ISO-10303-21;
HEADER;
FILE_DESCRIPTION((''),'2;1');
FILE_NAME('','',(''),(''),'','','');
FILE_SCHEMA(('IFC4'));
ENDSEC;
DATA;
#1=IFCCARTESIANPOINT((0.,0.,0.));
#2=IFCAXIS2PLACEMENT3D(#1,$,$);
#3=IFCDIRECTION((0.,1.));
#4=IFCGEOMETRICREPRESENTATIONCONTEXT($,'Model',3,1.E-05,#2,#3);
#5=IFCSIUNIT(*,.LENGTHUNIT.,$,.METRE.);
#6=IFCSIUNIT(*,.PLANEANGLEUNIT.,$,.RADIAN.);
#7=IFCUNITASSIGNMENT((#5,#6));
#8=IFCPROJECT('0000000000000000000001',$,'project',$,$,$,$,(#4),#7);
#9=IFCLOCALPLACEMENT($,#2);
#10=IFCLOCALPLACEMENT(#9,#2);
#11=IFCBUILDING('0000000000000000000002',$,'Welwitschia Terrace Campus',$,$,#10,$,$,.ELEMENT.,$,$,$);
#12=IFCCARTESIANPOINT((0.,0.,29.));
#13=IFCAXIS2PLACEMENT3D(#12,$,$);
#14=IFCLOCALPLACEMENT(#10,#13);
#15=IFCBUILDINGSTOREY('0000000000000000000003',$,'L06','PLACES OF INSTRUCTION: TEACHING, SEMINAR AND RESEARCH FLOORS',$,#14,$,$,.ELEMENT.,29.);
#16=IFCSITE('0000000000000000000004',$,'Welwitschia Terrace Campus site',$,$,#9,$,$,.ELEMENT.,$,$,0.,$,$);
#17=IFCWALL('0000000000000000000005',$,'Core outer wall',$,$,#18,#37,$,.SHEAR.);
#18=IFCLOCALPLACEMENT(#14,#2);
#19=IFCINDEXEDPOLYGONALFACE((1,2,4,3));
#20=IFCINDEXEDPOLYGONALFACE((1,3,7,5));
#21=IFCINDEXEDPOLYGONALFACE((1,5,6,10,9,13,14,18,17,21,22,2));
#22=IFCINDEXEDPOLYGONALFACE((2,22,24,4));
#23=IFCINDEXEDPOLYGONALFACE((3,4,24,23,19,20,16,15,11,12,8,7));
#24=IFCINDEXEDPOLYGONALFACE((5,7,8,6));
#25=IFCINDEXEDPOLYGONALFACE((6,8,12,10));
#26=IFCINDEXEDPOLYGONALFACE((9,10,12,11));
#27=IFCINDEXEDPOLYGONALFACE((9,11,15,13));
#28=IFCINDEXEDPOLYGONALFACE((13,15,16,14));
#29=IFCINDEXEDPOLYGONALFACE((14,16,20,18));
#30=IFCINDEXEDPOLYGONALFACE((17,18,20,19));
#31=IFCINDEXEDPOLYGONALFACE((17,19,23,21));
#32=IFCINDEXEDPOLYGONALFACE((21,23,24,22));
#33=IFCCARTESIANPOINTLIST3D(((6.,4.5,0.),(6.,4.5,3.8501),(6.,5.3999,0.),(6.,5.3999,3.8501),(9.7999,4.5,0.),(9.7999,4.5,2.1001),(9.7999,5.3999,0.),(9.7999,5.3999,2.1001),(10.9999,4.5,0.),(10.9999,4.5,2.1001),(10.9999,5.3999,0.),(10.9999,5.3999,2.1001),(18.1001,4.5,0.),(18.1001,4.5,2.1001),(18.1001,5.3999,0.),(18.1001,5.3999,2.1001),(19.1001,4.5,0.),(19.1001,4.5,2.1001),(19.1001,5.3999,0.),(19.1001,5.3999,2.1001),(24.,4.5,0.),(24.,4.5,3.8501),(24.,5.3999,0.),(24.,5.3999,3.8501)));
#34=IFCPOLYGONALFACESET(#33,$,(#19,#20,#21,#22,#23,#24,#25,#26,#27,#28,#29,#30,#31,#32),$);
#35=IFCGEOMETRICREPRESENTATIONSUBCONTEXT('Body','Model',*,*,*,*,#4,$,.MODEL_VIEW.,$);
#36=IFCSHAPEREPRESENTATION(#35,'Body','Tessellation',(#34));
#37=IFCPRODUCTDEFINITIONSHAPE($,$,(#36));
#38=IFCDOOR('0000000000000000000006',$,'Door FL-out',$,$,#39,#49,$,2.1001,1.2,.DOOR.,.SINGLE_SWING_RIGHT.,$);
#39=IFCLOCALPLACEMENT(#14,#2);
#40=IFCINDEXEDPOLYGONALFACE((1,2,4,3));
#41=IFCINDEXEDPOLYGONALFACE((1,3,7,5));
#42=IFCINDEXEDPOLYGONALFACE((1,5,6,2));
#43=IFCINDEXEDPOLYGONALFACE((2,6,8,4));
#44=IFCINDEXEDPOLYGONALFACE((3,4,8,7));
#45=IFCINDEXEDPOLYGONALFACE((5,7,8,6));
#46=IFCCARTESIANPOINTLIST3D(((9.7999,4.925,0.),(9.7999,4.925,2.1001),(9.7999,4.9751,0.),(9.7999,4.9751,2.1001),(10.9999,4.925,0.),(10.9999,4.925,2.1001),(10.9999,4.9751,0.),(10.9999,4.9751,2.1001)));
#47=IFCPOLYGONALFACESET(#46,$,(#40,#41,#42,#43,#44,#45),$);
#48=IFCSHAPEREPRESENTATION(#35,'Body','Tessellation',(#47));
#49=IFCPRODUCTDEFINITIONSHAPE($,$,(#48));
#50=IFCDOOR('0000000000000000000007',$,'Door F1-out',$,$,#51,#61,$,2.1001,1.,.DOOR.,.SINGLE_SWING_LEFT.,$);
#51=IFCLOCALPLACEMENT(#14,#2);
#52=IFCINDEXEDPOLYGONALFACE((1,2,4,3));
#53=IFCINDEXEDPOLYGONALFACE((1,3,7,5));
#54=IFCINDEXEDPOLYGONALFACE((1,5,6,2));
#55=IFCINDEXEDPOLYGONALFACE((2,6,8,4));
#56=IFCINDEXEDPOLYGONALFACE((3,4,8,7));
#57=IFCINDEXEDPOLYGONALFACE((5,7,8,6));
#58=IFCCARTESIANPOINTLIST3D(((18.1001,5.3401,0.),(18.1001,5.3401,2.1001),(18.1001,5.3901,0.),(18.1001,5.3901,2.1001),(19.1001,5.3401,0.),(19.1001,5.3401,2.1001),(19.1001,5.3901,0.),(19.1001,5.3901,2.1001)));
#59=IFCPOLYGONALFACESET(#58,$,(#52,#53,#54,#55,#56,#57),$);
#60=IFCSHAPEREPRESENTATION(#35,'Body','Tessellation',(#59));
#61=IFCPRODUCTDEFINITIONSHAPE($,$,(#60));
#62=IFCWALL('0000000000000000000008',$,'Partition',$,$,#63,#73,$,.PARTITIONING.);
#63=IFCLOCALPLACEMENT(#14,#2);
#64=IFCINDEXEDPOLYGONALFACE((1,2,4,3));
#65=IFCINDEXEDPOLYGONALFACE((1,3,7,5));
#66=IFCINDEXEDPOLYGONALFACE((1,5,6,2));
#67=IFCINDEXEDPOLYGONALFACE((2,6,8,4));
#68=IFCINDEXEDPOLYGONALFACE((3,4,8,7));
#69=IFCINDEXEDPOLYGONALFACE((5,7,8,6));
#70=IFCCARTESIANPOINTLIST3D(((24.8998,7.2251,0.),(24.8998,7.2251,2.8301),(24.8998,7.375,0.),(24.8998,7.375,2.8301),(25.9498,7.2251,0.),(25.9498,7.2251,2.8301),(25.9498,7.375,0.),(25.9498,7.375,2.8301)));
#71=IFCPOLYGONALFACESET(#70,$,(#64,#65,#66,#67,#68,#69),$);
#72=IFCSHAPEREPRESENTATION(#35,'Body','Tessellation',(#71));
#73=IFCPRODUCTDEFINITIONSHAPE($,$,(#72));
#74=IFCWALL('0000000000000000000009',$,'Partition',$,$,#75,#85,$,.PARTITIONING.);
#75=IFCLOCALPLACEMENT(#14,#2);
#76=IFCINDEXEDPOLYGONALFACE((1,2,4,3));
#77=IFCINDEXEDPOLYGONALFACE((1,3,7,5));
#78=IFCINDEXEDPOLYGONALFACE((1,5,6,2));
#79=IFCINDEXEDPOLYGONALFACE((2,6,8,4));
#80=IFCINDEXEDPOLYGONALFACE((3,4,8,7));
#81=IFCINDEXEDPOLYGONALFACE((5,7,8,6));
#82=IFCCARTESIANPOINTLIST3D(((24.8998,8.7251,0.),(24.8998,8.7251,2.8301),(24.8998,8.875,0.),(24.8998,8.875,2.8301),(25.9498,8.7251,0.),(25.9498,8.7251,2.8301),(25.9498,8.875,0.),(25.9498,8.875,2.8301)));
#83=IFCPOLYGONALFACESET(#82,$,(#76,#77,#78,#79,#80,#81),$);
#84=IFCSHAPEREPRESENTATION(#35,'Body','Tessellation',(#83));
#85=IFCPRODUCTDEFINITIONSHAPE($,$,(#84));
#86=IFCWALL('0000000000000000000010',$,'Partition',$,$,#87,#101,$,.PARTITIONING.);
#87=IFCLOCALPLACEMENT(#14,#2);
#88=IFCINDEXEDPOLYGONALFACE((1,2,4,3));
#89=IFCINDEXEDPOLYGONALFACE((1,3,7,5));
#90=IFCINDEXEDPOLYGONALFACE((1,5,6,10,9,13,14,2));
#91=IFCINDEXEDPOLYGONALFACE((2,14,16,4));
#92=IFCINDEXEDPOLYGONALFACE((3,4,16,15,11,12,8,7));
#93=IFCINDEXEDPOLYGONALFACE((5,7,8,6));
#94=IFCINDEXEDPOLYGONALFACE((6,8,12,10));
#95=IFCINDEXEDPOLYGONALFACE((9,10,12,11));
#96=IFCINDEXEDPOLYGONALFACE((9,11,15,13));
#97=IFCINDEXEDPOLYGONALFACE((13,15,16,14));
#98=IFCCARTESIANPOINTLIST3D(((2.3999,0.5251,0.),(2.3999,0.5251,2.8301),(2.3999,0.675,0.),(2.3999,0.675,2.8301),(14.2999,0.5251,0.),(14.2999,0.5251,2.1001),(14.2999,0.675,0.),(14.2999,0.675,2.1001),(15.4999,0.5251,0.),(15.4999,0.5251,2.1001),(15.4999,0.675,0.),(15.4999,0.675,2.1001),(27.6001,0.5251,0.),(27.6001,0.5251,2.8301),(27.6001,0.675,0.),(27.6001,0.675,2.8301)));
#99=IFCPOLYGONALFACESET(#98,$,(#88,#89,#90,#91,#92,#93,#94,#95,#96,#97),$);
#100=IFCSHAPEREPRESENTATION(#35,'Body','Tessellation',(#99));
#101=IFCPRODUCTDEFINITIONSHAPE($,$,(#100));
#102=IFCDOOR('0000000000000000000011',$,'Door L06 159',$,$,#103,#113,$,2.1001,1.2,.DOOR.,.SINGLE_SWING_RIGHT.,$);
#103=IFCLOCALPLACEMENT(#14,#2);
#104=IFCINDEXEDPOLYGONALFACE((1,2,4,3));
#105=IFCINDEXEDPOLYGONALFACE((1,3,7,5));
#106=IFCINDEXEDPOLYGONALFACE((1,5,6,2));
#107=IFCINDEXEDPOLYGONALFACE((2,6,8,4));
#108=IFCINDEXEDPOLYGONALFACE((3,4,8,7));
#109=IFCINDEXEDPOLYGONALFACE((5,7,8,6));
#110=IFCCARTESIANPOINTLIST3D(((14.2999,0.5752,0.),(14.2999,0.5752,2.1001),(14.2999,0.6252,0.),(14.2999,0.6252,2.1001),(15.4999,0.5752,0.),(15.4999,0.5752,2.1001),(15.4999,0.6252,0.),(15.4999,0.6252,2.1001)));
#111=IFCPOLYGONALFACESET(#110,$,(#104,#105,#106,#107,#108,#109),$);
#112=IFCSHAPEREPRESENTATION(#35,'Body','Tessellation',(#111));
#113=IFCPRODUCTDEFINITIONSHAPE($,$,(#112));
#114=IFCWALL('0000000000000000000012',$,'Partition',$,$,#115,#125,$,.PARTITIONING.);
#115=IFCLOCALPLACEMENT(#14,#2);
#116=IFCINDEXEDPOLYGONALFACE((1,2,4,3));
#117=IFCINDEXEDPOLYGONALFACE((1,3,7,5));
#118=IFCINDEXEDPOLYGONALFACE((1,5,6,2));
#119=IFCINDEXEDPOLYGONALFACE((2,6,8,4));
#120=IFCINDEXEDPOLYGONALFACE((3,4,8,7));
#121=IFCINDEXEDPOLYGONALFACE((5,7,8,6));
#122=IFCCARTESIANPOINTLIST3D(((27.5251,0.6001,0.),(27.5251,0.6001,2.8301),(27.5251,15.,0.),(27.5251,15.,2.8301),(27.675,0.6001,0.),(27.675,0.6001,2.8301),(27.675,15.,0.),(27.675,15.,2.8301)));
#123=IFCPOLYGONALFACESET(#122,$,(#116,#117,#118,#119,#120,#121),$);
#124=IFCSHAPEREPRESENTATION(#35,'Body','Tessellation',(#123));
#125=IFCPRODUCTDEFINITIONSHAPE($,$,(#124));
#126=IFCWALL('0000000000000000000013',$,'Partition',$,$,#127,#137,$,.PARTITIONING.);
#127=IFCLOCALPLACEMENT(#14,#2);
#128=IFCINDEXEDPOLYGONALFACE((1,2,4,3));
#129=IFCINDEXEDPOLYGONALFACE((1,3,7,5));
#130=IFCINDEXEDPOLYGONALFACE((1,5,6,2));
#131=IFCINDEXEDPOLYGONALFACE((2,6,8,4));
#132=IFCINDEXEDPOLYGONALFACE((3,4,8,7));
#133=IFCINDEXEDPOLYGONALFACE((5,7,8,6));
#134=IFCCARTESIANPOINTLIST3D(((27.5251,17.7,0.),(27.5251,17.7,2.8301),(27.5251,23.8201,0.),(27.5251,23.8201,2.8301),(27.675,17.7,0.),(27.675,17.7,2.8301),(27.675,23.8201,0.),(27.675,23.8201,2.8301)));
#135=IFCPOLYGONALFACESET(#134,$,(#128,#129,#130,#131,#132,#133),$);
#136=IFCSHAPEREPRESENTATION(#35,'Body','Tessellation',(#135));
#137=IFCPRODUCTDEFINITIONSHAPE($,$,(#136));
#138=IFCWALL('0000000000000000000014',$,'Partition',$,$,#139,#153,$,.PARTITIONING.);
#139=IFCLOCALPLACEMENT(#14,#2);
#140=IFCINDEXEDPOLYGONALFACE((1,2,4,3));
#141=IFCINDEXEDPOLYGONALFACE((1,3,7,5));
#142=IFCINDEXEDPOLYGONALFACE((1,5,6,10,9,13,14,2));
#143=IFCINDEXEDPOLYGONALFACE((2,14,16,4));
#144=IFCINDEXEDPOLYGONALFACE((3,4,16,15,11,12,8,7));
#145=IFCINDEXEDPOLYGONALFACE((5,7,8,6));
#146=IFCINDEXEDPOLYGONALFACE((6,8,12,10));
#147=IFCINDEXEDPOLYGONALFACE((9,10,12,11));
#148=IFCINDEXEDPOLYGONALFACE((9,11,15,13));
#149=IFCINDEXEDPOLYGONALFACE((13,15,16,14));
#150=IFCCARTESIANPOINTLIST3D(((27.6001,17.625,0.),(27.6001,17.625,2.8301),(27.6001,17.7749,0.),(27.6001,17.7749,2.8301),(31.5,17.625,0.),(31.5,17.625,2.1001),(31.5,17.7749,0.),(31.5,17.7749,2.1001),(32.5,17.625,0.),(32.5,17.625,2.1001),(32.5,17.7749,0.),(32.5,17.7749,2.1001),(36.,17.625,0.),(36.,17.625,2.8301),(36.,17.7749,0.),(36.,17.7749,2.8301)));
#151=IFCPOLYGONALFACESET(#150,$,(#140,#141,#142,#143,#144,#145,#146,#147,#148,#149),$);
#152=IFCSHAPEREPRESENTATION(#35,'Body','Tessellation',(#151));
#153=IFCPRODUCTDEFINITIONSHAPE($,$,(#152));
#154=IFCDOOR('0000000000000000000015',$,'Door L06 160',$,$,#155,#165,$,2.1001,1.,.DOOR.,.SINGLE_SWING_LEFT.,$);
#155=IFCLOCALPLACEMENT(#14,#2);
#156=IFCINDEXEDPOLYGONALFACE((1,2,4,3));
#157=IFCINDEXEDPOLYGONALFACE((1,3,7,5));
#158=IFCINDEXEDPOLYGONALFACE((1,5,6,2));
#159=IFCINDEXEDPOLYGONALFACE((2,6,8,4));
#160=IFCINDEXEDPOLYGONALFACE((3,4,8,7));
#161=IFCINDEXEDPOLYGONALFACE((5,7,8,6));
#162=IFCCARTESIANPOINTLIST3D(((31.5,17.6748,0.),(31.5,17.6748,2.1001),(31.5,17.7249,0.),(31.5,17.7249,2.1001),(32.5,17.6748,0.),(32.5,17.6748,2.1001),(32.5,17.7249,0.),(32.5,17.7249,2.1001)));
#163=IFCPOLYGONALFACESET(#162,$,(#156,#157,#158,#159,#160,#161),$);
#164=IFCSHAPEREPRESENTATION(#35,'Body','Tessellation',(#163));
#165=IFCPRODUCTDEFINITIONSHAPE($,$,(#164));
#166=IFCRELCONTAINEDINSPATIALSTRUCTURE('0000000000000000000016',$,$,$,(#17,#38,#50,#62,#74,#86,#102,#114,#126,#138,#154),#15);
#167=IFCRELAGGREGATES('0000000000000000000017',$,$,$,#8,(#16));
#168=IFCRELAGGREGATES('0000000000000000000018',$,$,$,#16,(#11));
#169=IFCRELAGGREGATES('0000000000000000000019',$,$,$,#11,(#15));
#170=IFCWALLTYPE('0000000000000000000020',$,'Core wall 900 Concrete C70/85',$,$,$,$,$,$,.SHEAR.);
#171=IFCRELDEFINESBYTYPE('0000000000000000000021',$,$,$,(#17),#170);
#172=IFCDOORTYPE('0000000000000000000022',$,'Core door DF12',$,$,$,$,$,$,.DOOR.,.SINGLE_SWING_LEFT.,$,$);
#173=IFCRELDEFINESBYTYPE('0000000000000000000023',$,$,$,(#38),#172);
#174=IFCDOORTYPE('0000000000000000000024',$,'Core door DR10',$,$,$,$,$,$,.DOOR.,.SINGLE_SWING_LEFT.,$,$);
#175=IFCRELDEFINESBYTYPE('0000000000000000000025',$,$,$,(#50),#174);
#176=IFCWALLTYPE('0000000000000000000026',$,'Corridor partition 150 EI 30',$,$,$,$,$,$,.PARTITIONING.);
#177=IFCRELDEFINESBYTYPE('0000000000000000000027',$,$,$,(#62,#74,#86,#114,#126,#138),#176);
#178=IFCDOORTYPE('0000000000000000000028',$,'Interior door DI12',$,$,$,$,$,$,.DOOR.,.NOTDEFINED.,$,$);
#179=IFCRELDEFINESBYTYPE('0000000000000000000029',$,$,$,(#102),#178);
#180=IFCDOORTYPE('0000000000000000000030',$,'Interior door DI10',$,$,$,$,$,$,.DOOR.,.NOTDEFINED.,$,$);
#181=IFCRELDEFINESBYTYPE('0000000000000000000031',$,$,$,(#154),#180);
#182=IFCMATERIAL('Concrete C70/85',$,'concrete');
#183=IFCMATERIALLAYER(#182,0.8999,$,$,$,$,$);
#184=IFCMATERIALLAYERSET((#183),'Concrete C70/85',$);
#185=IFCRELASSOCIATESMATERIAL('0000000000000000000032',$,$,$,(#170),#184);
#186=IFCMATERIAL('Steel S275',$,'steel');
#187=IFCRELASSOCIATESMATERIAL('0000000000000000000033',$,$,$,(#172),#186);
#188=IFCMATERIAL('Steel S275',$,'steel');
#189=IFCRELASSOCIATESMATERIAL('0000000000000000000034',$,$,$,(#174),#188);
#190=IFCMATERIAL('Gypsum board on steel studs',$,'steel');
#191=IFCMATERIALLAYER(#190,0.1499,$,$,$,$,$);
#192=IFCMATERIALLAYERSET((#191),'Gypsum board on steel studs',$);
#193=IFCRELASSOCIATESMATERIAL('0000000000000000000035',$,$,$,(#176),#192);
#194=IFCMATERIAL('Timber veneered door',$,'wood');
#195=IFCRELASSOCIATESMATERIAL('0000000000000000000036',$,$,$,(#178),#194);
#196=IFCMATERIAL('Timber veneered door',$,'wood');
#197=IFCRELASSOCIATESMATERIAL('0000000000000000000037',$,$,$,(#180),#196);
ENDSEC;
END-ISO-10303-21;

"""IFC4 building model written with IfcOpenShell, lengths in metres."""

from ifc_helpers import new_model, si_unit, direction, frame, frame_2d, origin, place, context, subcontext, project, spatial, rectangle, extrude, material, layer, layer_set, type_object, element, fill, save


model = new_model("IFC4")

# Units and contexts
model_context = context("Model", 3, precision=1e-05, world=origin(), true_north=direction((0.0, 1.0)))
body_context = subcontext(model_context, "Body", "Model", "MODEL_VIEW")
ifc_project = project(units=[si_unit("LENGTHUNIT", "METRE"), si_unit("PLANEANGLEUNIT", "RADIAN")], contexts=[model_context])

# Site, building, storey
site_placement = place(None, origin())
site = spatial("IfcSite", under=ifc_project, at=site_placement, Name="Welwitschia Terrace Campus site", CompositionType="ELEMENT", RefElevation=0.0)
building_placement = place(site_placement, origin())
building = spatial("IfcBuilding", under=site, at=building_placement, Name="Welwitschia Terrace Campus", CompositionType="ELEMENT")
storey_placement = place(building_placement, frame((0.0, 0.0, 29.0)))
storey = spatial("IfcBuildingStorey", under=building, at=storey_placement, Name="L06", Description="PLACES OF INSTRUCTION: TEACHING, SEMINAR AND RESEARCH FLOORS", CompositionType="ELEMENT", Elevation=29.0)

# Wall, openings, doors
ifc_material_1 = material(Name="Concrete C70/85", Category="concrete")
ifc_layer_1 = layer(ifc_material_1, 0.8999)
ifc_layer_set_1 = layer_set([ifc_layer_1], Name="Concrete C70/85")
wall_type_1 = type_object("IfcWallType", Name="Core wall 900 Concrete C70/85", PredefinedType="SHEAR", material=ifc_layer_set_1)
wall_1_placement = place(storey_placement, frame((24.0, 4.95, 0.0), z_axis=(0.0, 0.0, 1.0), x_axis=(-1.0, 0.0, 0.0)))
wall_1 = element("IfcWall", 1, at=wall_1_placement, inside=storey, type_object=wall_type_1, Name="Core outer wall", PredefinedType="SHEAR", context=body_context, shape_type="SweptSolid", body=[
    extrude(rectangle(XDim=18.0, YDim=0.8999, at=frame_2d((9.0, 0.0))), origin(), (0.0, 0.0, 1.0), 3.8501),
])
opening_1_placement = place(wall_1_placement, frame((13.0, 0.0, 0.0)))
opening_1 = element("IfcOpeningElement", 2, at=opening_1_placement, cuts=wall_1, PredefinedType="OPENING", context=body_context, shape_type="SweptSolid", body=[
    extrude(rectangle(XDim=1.2, YDim=2.1001, at=frame_2d((0.6001, 1.05))), frame((0.0, 0.46, 0.0), z_axis=(0.0, -1.0, 0.0), x_axis=(1.0, 0.0, 0.0)), (0.0, 0.0, 1.0), 0.9199),
])
opening_2_placement = place(wall_1_placement, frame((4.8999, 0.0, 0.0)))
opening_2 = element("IfcOpeningElement", 3, at=opening_2_placement, cuts=wall_1, PredefinedType="OPENING", context=body_context, shape_type="SweptSolid", body=[
    extrude(rectangle(XDim=1.0, YDim=2.1001, at=frame_2d((0.5, 1.05))), frame((0.0, 0.46, 0.0), z_axis=(0.0, -1.0, 0.0), x_axis=(1.0, 0.0, 0.0)), (0.0, 0.0, 1.0), 0.9199),
])
ifc_material_2 = material(Name="Steel S275", Category="steel")
door_type_1 = type_object("IfcDoorType", Name="Core door DF12", OperationType="SINGLE_SWING_LEFT", PredefinedType="DOOR", material=ifc_material_2)
door_1_placement = place(opening_1_placement, origin())
door_1 = element("IfcDoor", 4, at=door_1_placement, inside=storey, type_object=door_type_1, Name="Door FL-out", OperationType="SINGLE_SWING_RIGHT", OverallHeight=2.1001, OverallWidth=1.2, PredefinedType="DOOR", context=body_context, shape_type="SweptSolid", body=[
    extrude(rectangle(XDim=1.2, YDim=2.1001, at=frame_2d((0.6001, 1.05))), frame((0.0, 0.0249, 0.0), z_axis=(0.0, -1.0, 0.0), x_axis=(1.0, 0.0, 0.0)), (0.0, 0.0, 1.0), 0.05),
])
fill(opening_1, door_1)
ifc_material_3 = material(Name="Steel S275", Category="steel")
door_type_2 = type_object("IfcDoorType", Name="Core door DR10", OperationType="SINGLE_SWING_LEFT", PredefinedType="DOOR", material=ifc_material_3)
door_2_placement = place(opening_2_placement, origin())
door_2 = element("IfcDoor", 5, at=door_2_placement, inside=storey, type_object=door_type_2, Name="Door F1-out", OperationType="SINGLE_SWING_LEFT", OverallHeight=2.1001, OverallWidth=1.0, PredefinedType="DOOR", context=body_context, shape_type="SweptSolid", body=[
    extrude(rectangle(XDim=1.0, YDim=2.1001, at=frame_2d((0.5, 1.05))), frame((0.0, -0.3901, 0.0), z_axis=(0.0, -1.0, 0.0), x_axis=(1.0, 0.0, 0.0)), (0.0, 0.0, 1.0), 0.05),
])
fill(opening_2, door_2)

# Walls
ifc_material_4 = material(Name="Gypsum board on steel studs", Category="steel")
ifc_layer_2 = layer(ifc_material_4, 0.1499)
ifc_layer_set_2 = layer_set([ifc_layer_2], Name="Gypsum board on steel studs")
wall_type_2 = type_object("IfcWallType", Name="Corridor partition 150 EI 30", PredefinedType="PARTITIONING", material=ifc_layer_set_2)
for number, where, z_axis, x_axis, name in (
    (6, (24.8999, 7.3, 0.0), (0.0, 0.0, 1.0), (1.0, 0.0, 0.0), "Partition"),
    (7, (24.8999, 8.8, 0.0), (0.0, 0.0, 1.0), (1.0, 0.0, 0.0), "Partition"),
):
    element("IfcWall", number, at=place(storey_placement, frame(where, z_axis=z_axis, x_axis=x_axis)), inside=storey, type_object=wall_type_2, Name=name, PredefinedType="PARTITIONING", context=body_context, shape_type="SweptSolid", body=[
        extrude(rectangle(XDim=1.05, YDim=0.1499, at=frame_2d((0.5249, 0.0))), origin(), (0.0, 0.0, 1.0), 2.8301),
    ])

# Wall, opening, door
wall_2_placement = place(storey_placement, frame((27.6001, 0.6001, 0.0), z_axis=(0.0, 0.0, 1.0), x_axis=(-1.0, 0.0, 0.0)))
wall_2 = element("IfcWall", 8, at=wall_2_placement, inside=storey, type_object=wall_type_2, Name="Partition", PredefinedType="PARTITIONING", context=body_context, shape_type="SweptSolid", body=[
    extrude(rectangle(XDim=25.2002, YDim=0.1499, at=frame_2d((12.6001, 0.0))), origin(), (0.0, 0.0, 1.0), 2.8301),
])
opening_3_placement = place(wall_2_placement, frame((12.1001, 0.0, 0.0)))
opening_3 = element("IfcOpeningElement", 9, at=opening_3_placement, cuts=wall_2, PredefinedType="OPENING", context=body_context, shape_type="SweptSolid", body=[
    extrude(rectangle(XDim=1.2, YDim=2.1001, at=frame_2d((0.6001, 1.05))), frame((0.0, 0.085, 0.0), z_axis=(0.0, -1.0, 0.0), x_axis=(1.0, 0.0, 0.0)), (0.0, 0.0, 1.0), 0.1699),
])
ifc_material_5 = material(Name="Timber veneered door", Category="wood")
door_type_3 = type_object("IfcDoorType", Name="Interior door DI12", OperationType="NOTDEFINED", PredefinedType="DOOR", material=ifc_material_5)
door_3_placement = place(opening_3_placement, origin())
door_3 = element("IfcDoor", 10, at=door_3_placement, inside=storey, type_object=door_type_3, Name="Door L06 159", OperationType="SINGLE_SWING_RIGHT", OverallHeight=2.1001, OverallWidth=1.2, PredefinedType="DOOR", context=body_context, shape_type="SweptSolid", body=[
    extrude(rectangle(XDim=1.2, YDim=2.1001, at=frame_2d((0.6001, 1.05))), frame((0.0, 0.0249, 0.0), z_axis=(0.0, -1.0, 0.0), x_axis=(1.0, 0.0, 0.0)), (0.0, 0.0, 1.0), 0.05),
])
fill(opening_3, door_3)

# Walls
wall_3_placement = place(storey_placement, frame((27.6001, 0.6001, 0.0), z_axis=(0.0, 0.0, 1.0), x_axis=(0.0, 1.0, 0.0)))
element("IfcWall", 11, at=wall_3_placement, inside=storey, type_object=wall_type_2, Name="Partition", PredefinedType="PARTITIONING", context=body_context, shape_type="SweptSolid", body=[
    extrude(rectangle(XDim=14.3999, YDim=0.1499, at=frame_2d((7.2, 0.0))), origin(), (0.0, 0.0, 1.0), 2.8301),
])
wall_4_placement = place(storey_placement, frame((27.6001, 17.7, 0.0), z_axis=(0.0, 0.0, 1.0), x_axis=(0.0, 1.0, 0.0)))
element("IfcWall", 12, at=wall_4_placement, inside=storey, type_object=wall_type_2, Name="Partition", PredefinedType="PARTITIONING", context=body_context, shape_type="SweptSolid", body=[
    extrude(rectangle(XDim=6.1201, YDim=0.1499, at=frame_2d((3.0601, 0.0))), origin(), (0.0, 0.0, 1.0), 2.8301),
])

# Wall, opening, door
wall_5_placement = place(storey_placement, frame((27.6001, 17.7, 0.0), z_axis=(0.0, 0.0, 1.0), x_axis=(1.0, 0.0, 0.0)))
wall_5 = element("IfcWall", 13, at=wall_5_placement, inside=storey, type_object=wall_type_2, Name="Partition", PredefinedType="PARTITIONING", context=body_context, shape_type="SweptSolid", body=[
    extrude(rectangle(XDim=8.3999, YDim=0.1499, at=frame_2d((4.2, 0.0))), origin(), (0.0, 0.0, 1.0), 2.8301),
])
opening_4_placement = place(wall_5_placement, frame((3.8999, 0.0, 0.0)))
opening_4 = element("IfcOpeningElement", 14, at=opening_4_placement, cuts=wall_5, PredefinedType="OPENING", context=body_context, shape_type="SweptSolid", body=[
    extrude(rectangle(XDim=1.0, YDim=2.1001, at=frame_2d((0.5, 1.05))), frame((0.0, 0.085, 0.0), z_axis=(0.0, -1.0, 0.0), x_axis=(1.0, 0.0, 0.0)), (0.0, 0.0, 1.0), 0.1699),
])
ifc_material_6 = material(Name="Timber veneered door", Category="wood")
door_type_4 = type_object("IfcDoorType", Name="Interior door DI10", OperationType="NOTDEFINED", PredefinedType="DOOR", material=ifc_material_6)
door_4_placement = place(opening_4_placement, origin())
door_4 = element("IfcDoor", 15, at=door_4_placement, inside=storey, type_object=door_type_4, Name="Door L06 160", OperationType="SINGLE_SWING_LEFT", OverallHeight=2.1001, OverallWidth=1.0, PredefinedType="DOOR", context=body_context, shape_type="SweptSolid", body=[
    extrude(rectangle(XDim=1.0, YDim=2.1001, at=frame_2d((0.5, 1.05))), frame((0.0, 0.0249, 0.0), z_axis=(0.0, -1.0, 0.0), x_axis=(1.0, 0.0, 0.0)), (0.0, 0.0, 1.0), 0.05),
])
fill(opening_4, door_4)

save(model, "model.ifc")
